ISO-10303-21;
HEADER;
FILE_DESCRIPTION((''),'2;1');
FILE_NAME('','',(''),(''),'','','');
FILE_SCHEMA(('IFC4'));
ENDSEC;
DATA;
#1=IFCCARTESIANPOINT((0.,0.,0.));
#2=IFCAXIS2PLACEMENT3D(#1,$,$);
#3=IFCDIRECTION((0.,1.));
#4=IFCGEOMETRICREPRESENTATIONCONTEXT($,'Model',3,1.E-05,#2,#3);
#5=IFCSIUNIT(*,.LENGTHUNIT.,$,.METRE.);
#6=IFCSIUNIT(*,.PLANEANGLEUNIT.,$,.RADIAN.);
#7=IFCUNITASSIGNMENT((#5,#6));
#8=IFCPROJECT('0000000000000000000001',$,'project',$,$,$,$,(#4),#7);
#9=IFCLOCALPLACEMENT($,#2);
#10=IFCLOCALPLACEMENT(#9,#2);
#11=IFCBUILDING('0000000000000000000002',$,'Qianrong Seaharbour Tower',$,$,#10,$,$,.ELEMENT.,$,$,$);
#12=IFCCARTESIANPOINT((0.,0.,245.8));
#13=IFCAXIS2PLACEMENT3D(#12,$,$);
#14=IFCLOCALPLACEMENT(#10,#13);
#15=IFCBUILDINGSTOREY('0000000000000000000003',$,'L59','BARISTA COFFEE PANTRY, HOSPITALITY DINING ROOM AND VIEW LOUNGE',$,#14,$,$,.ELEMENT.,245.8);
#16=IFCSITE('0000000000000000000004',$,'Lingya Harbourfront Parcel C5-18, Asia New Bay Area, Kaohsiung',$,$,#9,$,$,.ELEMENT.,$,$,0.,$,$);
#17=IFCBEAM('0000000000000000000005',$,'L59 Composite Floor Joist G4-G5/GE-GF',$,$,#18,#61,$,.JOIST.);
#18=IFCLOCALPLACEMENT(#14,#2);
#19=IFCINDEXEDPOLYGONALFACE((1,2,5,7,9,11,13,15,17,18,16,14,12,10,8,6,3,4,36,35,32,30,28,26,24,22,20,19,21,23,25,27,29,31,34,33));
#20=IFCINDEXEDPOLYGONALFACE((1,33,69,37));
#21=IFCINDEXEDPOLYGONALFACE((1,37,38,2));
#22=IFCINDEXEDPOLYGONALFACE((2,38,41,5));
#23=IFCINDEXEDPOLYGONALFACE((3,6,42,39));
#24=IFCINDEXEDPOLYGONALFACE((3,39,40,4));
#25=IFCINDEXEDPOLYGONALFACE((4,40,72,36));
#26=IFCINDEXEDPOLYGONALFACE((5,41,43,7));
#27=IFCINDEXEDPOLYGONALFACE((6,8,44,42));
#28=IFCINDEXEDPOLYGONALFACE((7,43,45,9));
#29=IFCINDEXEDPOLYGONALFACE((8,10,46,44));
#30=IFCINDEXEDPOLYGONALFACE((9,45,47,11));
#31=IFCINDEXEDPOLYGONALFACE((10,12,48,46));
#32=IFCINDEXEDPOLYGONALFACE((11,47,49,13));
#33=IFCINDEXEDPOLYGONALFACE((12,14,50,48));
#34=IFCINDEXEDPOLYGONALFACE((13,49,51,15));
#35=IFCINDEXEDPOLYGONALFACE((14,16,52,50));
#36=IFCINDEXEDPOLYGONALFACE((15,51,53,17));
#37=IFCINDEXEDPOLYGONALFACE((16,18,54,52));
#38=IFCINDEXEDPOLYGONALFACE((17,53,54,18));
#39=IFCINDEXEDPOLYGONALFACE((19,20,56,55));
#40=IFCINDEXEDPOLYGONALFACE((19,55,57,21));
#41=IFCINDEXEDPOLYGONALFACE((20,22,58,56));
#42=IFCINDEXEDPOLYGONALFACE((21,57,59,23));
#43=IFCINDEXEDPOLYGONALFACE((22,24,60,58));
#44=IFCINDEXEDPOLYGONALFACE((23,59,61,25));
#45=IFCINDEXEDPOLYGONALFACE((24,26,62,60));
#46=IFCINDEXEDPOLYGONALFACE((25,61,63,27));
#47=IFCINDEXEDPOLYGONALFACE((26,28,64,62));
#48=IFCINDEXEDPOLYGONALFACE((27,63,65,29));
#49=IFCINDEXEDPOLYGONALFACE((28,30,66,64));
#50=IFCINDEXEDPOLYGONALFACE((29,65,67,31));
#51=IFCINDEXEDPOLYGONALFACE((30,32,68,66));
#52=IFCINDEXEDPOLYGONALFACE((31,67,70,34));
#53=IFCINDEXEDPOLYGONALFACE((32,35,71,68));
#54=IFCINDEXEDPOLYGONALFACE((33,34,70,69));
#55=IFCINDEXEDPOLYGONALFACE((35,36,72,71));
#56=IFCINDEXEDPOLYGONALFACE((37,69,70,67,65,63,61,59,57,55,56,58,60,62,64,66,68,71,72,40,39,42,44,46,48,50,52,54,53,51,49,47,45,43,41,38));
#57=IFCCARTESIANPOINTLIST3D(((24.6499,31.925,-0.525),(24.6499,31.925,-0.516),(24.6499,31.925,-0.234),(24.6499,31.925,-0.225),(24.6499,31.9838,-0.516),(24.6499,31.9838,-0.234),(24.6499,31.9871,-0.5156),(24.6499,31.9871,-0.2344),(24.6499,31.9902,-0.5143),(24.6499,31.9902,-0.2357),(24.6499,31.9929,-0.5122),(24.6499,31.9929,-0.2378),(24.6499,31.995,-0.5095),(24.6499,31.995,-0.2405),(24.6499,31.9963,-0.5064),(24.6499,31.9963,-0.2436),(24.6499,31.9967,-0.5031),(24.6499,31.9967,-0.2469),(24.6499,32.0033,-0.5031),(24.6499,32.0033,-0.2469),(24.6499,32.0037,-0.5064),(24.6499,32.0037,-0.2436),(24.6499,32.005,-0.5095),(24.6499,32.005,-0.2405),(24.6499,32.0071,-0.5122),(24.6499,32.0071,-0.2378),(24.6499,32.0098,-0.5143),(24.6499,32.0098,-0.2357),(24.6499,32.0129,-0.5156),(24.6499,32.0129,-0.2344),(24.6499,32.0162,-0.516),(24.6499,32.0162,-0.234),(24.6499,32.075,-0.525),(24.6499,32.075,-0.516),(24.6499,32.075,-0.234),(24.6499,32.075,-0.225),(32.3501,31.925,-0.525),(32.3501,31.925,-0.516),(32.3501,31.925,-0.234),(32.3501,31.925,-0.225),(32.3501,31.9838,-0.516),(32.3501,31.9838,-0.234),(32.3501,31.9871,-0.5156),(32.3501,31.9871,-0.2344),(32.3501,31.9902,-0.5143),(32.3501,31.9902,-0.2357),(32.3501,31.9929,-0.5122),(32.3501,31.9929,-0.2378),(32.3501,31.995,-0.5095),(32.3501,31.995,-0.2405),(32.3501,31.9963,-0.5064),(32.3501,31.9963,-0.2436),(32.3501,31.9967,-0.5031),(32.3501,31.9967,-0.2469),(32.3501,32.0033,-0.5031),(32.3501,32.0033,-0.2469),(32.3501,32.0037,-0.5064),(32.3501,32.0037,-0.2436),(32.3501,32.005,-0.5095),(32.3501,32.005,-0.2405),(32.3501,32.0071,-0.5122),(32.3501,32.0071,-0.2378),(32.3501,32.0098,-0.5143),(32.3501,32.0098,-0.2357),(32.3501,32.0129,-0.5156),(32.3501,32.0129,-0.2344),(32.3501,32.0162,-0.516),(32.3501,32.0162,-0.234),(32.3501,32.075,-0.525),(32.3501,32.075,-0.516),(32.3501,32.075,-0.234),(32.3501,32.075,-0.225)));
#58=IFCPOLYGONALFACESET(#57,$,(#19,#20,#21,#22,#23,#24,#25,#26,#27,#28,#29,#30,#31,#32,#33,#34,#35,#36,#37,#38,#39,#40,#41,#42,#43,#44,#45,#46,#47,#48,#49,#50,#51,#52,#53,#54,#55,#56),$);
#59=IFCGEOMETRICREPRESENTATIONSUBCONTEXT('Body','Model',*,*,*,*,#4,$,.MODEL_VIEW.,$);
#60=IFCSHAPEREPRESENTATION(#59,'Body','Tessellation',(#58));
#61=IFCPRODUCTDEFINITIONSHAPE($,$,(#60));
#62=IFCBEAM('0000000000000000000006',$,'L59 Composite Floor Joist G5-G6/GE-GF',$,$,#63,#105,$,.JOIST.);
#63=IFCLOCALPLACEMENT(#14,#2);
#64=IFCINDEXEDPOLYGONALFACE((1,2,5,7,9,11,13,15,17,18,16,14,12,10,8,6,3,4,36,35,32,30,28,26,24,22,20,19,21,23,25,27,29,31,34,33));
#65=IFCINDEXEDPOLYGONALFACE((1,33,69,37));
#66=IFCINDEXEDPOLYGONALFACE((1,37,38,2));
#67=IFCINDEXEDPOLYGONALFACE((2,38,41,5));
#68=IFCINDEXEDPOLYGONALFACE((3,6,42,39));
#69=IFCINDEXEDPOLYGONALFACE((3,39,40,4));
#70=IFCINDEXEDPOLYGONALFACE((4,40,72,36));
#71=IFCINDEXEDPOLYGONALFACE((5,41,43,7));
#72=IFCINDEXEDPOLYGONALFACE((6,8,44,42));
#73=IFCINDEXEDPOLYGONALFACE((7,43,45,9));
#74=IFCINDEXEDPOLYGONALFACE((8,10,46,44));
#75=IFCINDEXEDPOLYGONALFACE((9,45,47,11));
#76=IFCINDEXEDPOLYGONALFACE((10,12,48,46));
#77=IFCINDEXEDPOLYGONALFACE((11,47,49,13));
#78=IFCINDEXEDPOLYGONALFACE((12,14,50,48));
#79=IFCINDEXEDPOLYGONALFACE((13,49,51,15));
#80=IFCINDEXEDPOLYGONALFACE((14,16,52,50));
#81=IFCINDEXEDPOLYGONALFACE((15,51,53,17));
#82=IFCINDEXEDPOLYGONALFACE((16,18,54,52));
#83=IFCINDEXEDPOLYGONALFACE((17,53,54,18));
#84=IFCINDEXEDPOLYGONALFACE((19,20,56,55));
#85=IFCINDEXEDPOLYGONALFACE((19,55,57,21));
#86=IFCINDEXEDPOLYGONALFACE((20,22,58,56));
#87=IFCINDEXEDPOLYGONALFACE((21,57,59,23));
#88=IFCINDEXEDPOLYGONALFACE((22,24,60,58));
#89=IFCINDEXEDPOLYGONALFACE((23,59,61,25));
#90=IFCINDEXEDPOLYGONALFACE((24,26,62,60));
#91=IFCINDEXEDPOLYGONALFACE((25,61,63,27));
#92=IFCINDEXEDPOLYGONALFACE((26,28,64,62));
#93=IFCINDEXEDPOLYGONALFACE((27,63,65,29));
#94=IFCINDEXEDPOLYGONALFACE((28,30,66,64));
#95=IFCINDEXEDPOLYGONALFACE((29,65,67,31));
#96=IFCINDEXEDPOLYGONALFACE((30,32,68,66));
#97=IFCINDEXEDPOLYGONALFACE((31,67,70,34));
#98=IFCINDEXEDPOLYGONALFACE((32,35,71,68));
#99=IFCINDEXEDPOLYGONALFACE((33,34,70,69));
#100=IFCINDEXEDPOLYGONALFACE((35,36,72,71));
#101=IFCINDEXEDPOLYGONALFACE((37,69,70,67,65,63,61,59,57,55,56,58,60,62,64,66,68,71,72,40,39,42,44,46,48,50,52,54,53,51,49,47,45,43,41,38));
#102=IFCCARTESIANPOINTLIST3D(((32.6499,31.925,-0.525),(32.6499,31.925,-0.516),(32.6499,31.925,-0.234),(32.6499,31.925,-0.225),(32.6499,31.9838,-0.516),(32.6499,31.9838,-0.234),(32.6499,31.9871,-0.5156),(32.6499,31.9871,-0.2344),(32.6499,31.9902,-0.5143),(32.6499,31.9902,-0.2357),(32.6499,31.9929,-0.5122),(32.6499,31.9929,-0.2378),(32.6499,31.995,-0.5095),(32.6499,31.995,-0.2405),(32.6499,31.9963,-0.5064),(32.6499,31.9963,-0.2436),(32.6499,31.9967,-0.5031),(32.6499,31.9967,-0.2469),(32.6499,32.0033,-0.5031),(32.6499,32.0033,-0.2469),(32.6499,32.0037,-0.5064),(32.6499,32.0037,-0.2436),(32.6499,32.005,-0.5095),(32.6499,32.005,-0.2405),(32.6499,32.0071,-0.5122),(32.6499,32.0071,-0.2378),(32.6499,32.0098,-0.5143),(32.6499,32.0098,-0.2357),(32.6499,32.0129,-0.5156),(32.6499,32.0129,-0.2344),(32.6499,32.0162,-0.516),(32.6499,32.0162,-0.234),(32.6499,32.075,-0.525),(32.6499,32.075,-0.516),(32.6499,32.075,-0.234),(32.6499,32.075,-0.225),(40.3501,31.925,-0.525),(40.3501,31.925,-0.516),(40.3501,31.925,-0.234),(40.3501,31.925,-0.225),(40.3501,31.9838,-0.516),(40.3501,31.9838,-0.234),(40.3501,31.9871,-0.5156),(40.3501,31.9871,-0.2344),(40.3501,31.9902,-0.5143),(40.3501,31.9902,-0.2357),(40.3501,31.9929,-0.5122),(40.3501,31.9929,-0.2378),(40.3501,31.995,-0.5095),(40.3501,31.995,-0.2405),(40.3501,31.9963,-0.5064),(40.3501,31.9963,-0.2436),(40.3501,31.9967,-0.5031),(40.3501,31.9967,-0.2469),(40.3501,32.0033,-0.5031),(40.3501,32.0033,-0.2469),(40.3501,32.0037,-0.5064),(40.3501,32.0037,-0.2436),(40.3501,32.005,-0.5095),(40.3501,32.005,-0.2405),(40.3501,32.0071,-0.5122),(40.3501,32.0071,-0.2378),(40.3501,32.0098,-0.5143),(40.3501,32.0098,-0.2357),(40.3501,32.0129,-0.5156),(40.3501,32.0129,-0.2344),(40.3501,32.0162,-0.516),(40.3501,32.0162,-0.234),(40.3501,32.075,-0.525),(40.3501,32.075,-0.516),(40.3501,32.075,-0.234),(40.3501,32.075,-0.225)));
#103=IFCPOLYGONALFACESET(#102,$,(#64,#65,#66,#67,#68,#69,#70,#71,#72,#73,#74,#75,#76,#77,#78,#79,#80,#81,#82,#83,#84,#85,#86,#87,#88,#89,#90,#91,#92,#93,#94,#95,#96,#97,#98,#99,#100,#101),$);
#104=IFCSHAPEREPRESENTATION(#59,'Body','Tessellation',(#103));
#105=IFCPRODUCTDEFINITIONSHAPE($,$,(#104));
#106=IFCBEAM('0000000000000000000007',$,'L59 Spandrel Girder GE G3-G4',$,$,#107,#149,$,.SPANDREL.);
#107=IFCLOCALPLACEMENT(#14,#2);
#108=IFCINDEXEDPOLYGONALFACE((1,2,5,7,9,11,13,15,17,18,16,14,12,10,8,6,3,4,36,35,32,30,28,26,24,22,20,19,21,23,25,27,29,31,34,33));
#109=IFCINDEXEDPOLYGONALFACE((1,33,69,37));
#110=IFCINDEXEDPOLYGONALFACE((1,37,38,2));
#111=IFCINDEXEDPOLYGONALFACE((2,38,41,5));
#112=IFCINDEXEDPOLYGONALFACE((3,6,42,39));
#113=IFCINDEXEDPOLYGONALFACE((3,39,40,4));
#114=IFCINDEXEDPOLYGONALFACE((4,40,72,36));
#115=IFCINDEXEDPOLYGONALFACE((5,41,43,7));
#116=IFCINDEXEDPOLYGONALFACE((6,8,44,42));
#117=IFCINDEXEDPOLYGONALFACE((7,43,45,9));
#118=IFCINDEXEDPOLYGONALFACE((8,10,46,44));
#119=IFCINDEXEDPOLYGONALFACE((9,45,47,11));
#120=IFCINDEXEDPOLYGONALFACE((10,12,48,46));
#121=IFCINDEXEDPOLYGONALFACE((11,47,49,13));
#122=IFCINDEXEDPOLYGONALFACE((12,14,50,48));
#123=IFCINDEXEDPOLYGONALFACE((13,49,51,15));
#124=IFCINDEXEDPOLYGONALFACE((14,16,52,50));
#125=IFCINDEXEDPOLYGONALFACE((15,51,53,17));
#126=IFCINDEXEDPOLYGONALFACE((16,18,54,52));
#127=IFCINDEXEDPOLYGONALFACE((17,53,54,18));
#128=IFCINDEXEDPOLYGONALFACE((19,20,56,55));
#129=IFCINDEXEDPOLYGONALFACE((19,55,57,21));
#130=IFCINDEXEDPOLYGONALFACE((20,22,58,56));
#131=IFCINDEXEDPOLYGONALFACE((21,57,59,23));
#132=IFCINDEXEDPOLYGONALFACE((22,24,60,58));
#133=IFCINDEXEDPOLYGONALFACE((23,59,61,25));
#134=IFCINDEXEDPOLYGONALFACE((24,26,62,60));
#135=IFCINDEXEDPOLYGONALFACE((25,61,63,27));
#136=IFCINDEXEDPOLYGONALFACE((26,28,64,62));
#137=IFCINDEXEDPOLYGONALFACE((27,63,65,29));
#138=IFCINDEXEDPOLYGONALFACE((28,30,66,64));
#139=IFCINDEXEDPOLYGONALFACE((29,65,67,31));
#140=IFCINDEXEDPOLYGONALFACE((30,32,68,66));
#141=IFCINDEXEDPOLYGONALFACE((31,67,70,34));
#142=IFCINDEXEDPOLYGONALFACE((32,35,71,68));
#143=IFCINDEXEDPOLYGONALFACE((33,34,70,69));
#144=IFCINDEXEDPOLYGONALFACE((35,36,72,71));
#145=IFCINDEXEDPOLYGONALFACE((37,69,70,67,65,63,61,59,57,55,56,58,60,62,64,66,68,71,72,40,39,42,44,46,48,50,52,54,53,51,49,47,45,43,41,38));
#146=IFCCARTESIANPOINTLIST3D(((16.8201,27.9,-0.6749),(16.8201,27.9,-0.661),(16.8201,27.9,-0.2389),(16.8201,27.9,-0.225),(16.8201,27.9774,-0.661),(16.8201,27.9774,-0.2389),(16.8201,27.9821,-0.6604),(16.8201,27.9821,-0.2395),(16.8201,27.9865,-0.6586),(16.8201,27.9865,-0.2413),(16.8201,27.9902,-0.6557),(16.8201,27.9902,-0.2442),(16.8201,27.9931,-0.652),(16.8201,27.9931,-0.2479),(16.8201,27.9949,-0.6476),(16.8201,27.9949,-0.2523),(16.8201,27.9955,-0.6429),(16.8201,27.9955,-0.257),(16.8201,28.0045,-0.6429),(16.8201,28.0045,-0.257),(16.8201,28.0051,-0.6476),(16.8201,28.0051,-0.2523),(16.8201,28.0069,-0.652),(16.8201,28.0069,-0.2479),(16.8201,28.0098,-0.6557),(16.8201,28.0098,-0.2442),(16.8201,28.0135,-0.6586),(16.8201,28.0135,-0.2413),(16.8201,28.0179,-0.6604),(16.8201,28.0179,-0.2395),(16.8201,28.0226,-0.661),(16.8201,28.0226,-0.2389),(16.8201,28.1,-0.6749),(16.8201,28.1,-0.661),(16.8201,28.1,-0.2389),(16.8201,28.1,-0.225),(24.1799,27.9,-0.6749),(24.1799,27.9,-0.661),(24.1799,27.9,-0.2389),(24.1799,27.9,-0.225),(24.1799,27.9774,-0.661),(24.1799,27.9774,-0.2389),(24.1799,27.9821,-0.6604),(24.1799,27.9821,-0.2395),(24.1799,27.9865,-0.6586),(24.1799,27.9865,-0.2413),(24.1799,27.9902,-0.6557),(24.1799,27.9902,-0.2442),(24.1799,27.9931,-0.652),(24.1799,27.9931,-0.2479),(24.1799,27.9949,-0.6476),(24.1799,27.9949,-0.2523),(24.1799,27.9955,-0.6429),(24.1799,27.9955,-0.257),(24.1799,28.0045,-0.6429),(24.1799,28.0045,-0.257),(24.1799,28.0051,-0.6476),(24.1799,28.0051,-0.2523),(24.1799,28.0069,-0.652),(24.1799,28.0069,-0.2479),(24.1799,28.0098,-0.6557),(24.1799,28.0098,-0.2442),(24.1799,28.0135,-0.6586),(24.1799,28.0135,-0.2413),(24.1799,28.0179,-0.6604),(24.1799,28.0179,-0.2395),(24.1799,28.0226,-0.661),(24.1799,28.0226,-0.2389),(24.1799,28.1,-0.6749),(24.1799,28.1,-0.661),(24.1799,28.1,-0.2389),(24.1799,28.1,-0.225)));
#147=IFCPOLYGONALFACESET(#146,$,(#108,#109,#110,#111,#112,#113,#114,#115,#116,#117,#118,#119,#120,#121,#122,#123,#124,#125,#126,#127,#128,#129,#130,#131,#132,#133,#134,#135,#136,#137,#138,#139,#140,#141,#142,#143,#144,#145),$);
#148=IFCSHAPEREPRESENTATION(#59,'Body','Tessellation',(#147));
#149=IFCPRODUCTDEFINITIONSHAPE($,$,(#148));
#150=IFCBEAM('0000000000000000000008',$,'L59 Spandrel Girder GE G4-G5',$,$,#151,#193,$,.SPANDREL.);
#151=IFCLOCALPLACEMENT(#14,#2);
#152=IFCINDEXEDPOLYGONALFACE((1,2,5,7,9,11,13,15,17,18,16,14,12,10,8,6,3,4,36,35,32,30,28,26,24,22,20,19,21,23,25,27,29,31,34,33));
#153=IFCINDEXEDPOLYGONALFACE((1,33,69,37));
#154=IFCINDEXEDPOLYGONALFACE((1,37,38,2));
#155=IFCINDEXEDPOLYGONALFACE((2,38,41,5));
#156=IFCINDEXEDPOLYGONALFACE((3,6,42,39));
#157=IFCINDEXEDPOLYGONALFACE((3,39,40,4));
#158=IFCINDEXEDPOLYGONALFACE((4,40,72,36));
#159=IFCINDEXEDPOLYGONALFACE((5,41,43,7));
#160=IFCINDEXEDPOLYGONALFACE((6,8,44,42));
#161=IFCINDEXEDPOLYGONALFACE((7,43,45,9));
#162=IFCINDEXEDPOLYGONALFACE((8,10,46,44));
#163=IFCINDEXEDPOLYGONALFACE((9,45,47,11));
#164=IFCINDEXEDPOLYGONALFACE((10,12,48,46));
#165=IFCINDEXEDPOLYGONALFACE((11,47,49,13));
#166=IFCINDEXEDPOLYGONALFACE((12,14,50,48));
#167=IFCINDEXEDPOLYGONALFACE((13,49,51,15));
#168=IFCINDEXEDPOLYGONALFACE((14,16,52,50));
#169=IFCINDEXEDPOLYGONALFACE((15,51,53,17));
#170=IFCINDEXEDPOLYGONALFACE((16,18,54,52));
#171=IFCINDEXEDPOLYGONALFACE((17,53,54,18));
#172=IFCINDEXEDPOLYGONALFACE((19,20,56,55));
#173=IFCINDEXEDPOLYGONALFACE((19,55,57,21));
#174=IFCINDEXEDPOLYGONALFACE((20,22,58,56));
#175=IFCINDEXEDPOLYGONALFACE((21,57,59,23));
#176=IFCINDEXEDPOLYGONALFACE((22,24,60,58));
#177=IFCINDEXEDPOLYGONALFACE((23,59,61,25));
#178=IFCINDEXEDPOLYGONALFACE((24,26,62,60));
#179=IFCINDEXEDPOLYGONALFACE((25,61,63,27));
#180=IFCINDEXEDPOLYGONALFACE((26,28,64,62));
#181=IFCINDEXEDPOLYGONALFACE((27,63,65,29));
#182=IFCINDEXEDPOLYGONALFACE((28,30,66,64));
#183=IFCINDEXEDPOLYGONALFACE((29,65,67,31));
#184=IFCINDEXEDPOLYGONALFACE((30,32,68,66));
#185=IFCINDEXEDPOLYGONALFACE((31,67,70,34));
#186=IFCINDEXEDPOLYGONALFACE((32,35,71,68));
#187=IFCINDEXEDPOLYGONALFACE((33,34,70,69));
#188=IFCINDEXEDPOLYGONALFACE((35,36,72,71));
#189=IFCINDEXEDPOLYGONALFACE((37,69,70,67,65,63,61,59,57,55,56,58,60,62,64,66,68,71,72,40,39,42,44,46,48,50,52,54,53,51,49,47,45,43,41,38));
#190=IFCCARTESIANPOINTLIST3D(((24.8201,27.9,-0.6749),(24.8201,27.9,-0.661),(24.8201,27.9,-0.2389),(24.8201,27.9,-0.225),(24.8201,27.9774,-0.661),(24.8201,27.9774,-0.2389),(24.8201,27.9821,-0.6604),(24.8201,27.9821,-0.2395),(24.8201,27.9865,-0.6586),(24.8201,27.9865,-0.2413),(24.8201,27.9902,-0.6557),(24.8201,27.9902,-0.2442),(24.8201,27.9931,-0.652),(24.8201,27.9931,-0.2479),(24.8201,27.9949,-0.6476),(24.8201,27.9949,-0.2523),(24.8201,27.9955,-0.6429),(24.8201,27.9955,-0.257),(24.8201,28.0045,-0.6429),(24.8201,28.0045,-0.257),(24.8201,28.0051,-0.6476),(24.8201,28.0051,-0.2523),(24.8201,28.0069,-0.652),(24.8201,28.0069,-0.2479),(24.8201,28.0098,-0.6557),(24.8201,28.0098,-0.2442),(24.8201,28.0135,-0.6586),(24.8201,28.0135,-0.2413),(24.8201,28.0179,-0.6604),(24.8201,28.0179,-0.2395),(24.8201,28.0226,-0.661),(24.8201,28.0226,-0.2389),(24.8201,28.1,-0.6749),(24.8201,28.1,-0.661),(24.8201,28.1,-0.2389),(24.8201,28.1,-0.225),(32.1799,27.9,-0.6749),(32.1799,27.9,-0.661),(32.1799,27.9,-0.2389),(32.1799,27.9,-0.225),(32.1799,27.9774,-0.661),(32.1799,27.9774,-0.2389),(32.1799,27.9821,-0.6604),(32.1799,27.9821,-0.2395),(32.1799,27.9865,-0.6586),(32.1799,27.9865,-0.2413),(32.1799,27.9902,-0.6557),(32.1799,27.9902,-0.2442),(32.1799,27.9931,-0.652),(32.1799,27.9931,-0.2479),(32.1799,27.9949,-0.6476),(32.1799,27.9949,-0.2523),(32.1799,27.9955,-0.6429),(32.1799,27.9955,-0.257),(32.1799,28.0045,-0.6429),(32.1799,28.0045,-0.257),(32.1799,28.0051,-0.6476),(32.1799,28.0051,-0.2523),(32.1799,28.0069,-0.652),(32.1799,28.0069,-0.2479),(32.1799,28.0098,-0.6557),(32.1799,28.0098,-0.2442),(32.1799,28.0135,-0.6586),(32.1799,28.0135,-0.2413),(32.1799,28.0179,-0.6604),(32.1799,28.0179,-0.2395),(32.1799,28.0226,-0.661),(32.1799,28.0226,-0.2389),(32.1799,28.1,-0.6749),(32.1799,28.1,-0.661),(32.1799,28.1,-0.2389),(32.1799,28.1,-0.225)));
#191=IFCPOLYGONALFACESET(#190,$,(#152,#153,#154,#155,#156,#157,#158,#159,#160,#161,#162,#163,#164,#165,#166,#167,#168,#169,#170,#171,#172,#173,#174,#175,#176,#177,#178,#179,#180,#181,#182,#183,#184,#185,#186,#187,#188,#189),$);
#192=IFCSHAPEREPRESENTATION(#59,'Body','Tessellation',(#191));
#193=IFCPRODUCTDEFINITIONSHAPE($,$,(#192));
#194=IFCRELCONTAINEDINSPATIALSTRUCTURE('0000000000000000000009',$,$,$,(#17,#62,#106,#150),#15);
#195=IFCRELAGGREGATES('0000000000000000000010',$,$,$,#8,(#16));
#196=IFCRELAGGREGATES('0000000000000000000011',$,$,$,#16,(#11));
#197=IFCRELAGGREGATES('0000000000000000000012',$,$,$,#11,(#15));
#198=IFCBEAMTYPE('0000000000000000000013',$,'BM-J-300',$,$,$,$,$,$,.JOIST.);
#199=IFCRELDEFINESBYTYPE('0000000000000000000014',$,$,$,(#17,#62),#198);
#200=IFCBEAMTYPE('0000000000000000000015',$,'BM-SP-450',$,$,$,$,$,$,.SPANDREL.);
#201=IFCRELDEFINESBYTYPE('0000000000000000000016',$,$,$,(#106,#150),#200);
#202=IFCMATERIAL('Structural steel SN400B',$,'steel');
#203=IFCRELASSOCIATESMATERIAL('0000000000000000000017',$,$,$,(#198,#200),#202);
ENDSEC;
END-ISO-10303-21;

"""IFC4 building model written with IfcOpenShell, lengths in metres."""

from ifc_helpers import new_model, si_unit, direction, frame, origin, origin_2d, place, context, subcontext, project, spatial, i_section, extrude, material, material_profile, profile_set, type_object, element, save


model = new_model("IFC4")

# Units and contexts
model_context = context("Model", 3, precision=1e-05, world=origin(), true_north=direction((0.0, 1.0)))
body_context = subcontext(model_context, "Body", "Model", "MODEL_VIEW")
ifc_project = project(units=[si_unit("LENGTHUNIT", "METRE"), si_unit("PLANEANGLEUNIT", "RADIAN")], contexts=[model_context])

# Site, building, storey
site_placement = place(None, origin())
site = spatial("IfcSite", under=ifc_project, at=site_placement, Name="Lingya Harbourfront Parcel C5-18, Asia New Bay Area, Kaohsiung", CompositionType="ELEMENT", RefElevation=0.0)
building_placement = place(site_placement, origin())
building = spatial("IfcBuilding", under=site, at=building_placement, Name="Qianrong Seaharbour Tower", CompositionType="ELEMENT")
storey_placement = place(building_placement, frame((0.0, 0.0, 245.8)))
storey = spatial("IfcBuildingStorey", under=building, at=storey_placement, Name="L59", Description="BARISTA COFFEE PANTRY, HOSPITALITY DINING ROOM AND VIEW LOUNGE", CompositionType="ELEMENT", Elevation=245.8)

# Beams
ifc_material_1 = material(Name="Structural steel SN400B", Category="steel")
ifc_material_profile_1 = material_profile(ifc_material_1, i_section(OverallWidth=0.1499, OverallDepth=0.3, WebThickness=0.0066, FlangeThickness=0.009, FilletRadius=0.0129, at=origin_2d()), Name="H300x150x6.5x9")
ifc_profile_set_1 = profile_set([ifc_material_profile_1], Name="Structural steel SN400B")
beam_type_1 = type_object("IfcBeamType", Name="BM-J-300", PredefinedType="JOIST", material=ifc_profile_set_1)
for number, where, z_axis, x_axis, name in (
    (1, (24.6499, 32.0, -0.375), (1.0, 0.0, 0.0), (0.0, 1.0, 0.0), "L59 Composite Floor Joist G4-G5/GE-GF"),
    (2, (32.6499, 32.0, -0.375), (1.0, 0.0, 0.0), (0.0, 1.0, 0.0), "L59 Composite Floor Joist G5-G6/GE-GF"),
):
    element("IfcBeam", number, at=place(storey_placement, frame(where, z_axis=z_axis, x_axis=x_axis)), inside=storey, type_object=beam_type_1, Name=name, PredefinedType="JOIST", context=body_context, shape_type="SweptSolid", body=[
        extrude(i_section(OverallWidth=0.1499, OverallDepth=0.3, WebThickness=0.0066, FlangeThickness=0.009, FilletRadius=0.0129, at=origin_2d()), origin(), (0.0, 0.0, 1.0), 7.7002),
    ])
ifc_material_profile_2 = material_profile(ifc_material_1, i_section(OverallWidth=0.2, OverallDepth=0.45, WebThickness=0.009, FlangeThickness=0.0139, FilletRadius=0.0181, at=origin_2d()), Name="H450x200x9x14")
ifc_profile_set_2 = profile_set([ifc_material_profile_2], Name="Structural steel SN400B")
beam_type_2 = type_object("IfcBeamType", Name="BM-SP-450", PredefinedType="SPANDREL", material=ifc_profile_set_2)
for number, where, z_axis, x_axis, name in (
    (3, (16.8201, 28.0, -0.45), (1.0, 0.0, 0.0), (0.0, 1.0, 0.0), "L59 Spandrel Girder GE G3-G4"),
    (4, (24.8201, 28.0, -0.45), (1.0, 0.0, 0.0), (0.0, 1.0, 0.0), "L59 Spandrel Girder GE G4-G5"),
):
    element("IfcBeam", number, at=place(storey_placement, frame(where, z_axis=z_axis, x_axis=x_axis)), inside=storey, type_object=beam_type_2, Name=name, PredefinedType="SPANDREL", context=body_context, shape_type="SweptSolid", body=[
        extrude(i_section(OverallWidth=0.2, OverallDepth=0.45, WebThickness=0.009, FlangeThickness=0.0139, FilletRadius=0.0181, at=origin_2d()), origin(), (0.0, 0.0, 1.0), 7.3599),
    ])

save(model, "model.ifc")
